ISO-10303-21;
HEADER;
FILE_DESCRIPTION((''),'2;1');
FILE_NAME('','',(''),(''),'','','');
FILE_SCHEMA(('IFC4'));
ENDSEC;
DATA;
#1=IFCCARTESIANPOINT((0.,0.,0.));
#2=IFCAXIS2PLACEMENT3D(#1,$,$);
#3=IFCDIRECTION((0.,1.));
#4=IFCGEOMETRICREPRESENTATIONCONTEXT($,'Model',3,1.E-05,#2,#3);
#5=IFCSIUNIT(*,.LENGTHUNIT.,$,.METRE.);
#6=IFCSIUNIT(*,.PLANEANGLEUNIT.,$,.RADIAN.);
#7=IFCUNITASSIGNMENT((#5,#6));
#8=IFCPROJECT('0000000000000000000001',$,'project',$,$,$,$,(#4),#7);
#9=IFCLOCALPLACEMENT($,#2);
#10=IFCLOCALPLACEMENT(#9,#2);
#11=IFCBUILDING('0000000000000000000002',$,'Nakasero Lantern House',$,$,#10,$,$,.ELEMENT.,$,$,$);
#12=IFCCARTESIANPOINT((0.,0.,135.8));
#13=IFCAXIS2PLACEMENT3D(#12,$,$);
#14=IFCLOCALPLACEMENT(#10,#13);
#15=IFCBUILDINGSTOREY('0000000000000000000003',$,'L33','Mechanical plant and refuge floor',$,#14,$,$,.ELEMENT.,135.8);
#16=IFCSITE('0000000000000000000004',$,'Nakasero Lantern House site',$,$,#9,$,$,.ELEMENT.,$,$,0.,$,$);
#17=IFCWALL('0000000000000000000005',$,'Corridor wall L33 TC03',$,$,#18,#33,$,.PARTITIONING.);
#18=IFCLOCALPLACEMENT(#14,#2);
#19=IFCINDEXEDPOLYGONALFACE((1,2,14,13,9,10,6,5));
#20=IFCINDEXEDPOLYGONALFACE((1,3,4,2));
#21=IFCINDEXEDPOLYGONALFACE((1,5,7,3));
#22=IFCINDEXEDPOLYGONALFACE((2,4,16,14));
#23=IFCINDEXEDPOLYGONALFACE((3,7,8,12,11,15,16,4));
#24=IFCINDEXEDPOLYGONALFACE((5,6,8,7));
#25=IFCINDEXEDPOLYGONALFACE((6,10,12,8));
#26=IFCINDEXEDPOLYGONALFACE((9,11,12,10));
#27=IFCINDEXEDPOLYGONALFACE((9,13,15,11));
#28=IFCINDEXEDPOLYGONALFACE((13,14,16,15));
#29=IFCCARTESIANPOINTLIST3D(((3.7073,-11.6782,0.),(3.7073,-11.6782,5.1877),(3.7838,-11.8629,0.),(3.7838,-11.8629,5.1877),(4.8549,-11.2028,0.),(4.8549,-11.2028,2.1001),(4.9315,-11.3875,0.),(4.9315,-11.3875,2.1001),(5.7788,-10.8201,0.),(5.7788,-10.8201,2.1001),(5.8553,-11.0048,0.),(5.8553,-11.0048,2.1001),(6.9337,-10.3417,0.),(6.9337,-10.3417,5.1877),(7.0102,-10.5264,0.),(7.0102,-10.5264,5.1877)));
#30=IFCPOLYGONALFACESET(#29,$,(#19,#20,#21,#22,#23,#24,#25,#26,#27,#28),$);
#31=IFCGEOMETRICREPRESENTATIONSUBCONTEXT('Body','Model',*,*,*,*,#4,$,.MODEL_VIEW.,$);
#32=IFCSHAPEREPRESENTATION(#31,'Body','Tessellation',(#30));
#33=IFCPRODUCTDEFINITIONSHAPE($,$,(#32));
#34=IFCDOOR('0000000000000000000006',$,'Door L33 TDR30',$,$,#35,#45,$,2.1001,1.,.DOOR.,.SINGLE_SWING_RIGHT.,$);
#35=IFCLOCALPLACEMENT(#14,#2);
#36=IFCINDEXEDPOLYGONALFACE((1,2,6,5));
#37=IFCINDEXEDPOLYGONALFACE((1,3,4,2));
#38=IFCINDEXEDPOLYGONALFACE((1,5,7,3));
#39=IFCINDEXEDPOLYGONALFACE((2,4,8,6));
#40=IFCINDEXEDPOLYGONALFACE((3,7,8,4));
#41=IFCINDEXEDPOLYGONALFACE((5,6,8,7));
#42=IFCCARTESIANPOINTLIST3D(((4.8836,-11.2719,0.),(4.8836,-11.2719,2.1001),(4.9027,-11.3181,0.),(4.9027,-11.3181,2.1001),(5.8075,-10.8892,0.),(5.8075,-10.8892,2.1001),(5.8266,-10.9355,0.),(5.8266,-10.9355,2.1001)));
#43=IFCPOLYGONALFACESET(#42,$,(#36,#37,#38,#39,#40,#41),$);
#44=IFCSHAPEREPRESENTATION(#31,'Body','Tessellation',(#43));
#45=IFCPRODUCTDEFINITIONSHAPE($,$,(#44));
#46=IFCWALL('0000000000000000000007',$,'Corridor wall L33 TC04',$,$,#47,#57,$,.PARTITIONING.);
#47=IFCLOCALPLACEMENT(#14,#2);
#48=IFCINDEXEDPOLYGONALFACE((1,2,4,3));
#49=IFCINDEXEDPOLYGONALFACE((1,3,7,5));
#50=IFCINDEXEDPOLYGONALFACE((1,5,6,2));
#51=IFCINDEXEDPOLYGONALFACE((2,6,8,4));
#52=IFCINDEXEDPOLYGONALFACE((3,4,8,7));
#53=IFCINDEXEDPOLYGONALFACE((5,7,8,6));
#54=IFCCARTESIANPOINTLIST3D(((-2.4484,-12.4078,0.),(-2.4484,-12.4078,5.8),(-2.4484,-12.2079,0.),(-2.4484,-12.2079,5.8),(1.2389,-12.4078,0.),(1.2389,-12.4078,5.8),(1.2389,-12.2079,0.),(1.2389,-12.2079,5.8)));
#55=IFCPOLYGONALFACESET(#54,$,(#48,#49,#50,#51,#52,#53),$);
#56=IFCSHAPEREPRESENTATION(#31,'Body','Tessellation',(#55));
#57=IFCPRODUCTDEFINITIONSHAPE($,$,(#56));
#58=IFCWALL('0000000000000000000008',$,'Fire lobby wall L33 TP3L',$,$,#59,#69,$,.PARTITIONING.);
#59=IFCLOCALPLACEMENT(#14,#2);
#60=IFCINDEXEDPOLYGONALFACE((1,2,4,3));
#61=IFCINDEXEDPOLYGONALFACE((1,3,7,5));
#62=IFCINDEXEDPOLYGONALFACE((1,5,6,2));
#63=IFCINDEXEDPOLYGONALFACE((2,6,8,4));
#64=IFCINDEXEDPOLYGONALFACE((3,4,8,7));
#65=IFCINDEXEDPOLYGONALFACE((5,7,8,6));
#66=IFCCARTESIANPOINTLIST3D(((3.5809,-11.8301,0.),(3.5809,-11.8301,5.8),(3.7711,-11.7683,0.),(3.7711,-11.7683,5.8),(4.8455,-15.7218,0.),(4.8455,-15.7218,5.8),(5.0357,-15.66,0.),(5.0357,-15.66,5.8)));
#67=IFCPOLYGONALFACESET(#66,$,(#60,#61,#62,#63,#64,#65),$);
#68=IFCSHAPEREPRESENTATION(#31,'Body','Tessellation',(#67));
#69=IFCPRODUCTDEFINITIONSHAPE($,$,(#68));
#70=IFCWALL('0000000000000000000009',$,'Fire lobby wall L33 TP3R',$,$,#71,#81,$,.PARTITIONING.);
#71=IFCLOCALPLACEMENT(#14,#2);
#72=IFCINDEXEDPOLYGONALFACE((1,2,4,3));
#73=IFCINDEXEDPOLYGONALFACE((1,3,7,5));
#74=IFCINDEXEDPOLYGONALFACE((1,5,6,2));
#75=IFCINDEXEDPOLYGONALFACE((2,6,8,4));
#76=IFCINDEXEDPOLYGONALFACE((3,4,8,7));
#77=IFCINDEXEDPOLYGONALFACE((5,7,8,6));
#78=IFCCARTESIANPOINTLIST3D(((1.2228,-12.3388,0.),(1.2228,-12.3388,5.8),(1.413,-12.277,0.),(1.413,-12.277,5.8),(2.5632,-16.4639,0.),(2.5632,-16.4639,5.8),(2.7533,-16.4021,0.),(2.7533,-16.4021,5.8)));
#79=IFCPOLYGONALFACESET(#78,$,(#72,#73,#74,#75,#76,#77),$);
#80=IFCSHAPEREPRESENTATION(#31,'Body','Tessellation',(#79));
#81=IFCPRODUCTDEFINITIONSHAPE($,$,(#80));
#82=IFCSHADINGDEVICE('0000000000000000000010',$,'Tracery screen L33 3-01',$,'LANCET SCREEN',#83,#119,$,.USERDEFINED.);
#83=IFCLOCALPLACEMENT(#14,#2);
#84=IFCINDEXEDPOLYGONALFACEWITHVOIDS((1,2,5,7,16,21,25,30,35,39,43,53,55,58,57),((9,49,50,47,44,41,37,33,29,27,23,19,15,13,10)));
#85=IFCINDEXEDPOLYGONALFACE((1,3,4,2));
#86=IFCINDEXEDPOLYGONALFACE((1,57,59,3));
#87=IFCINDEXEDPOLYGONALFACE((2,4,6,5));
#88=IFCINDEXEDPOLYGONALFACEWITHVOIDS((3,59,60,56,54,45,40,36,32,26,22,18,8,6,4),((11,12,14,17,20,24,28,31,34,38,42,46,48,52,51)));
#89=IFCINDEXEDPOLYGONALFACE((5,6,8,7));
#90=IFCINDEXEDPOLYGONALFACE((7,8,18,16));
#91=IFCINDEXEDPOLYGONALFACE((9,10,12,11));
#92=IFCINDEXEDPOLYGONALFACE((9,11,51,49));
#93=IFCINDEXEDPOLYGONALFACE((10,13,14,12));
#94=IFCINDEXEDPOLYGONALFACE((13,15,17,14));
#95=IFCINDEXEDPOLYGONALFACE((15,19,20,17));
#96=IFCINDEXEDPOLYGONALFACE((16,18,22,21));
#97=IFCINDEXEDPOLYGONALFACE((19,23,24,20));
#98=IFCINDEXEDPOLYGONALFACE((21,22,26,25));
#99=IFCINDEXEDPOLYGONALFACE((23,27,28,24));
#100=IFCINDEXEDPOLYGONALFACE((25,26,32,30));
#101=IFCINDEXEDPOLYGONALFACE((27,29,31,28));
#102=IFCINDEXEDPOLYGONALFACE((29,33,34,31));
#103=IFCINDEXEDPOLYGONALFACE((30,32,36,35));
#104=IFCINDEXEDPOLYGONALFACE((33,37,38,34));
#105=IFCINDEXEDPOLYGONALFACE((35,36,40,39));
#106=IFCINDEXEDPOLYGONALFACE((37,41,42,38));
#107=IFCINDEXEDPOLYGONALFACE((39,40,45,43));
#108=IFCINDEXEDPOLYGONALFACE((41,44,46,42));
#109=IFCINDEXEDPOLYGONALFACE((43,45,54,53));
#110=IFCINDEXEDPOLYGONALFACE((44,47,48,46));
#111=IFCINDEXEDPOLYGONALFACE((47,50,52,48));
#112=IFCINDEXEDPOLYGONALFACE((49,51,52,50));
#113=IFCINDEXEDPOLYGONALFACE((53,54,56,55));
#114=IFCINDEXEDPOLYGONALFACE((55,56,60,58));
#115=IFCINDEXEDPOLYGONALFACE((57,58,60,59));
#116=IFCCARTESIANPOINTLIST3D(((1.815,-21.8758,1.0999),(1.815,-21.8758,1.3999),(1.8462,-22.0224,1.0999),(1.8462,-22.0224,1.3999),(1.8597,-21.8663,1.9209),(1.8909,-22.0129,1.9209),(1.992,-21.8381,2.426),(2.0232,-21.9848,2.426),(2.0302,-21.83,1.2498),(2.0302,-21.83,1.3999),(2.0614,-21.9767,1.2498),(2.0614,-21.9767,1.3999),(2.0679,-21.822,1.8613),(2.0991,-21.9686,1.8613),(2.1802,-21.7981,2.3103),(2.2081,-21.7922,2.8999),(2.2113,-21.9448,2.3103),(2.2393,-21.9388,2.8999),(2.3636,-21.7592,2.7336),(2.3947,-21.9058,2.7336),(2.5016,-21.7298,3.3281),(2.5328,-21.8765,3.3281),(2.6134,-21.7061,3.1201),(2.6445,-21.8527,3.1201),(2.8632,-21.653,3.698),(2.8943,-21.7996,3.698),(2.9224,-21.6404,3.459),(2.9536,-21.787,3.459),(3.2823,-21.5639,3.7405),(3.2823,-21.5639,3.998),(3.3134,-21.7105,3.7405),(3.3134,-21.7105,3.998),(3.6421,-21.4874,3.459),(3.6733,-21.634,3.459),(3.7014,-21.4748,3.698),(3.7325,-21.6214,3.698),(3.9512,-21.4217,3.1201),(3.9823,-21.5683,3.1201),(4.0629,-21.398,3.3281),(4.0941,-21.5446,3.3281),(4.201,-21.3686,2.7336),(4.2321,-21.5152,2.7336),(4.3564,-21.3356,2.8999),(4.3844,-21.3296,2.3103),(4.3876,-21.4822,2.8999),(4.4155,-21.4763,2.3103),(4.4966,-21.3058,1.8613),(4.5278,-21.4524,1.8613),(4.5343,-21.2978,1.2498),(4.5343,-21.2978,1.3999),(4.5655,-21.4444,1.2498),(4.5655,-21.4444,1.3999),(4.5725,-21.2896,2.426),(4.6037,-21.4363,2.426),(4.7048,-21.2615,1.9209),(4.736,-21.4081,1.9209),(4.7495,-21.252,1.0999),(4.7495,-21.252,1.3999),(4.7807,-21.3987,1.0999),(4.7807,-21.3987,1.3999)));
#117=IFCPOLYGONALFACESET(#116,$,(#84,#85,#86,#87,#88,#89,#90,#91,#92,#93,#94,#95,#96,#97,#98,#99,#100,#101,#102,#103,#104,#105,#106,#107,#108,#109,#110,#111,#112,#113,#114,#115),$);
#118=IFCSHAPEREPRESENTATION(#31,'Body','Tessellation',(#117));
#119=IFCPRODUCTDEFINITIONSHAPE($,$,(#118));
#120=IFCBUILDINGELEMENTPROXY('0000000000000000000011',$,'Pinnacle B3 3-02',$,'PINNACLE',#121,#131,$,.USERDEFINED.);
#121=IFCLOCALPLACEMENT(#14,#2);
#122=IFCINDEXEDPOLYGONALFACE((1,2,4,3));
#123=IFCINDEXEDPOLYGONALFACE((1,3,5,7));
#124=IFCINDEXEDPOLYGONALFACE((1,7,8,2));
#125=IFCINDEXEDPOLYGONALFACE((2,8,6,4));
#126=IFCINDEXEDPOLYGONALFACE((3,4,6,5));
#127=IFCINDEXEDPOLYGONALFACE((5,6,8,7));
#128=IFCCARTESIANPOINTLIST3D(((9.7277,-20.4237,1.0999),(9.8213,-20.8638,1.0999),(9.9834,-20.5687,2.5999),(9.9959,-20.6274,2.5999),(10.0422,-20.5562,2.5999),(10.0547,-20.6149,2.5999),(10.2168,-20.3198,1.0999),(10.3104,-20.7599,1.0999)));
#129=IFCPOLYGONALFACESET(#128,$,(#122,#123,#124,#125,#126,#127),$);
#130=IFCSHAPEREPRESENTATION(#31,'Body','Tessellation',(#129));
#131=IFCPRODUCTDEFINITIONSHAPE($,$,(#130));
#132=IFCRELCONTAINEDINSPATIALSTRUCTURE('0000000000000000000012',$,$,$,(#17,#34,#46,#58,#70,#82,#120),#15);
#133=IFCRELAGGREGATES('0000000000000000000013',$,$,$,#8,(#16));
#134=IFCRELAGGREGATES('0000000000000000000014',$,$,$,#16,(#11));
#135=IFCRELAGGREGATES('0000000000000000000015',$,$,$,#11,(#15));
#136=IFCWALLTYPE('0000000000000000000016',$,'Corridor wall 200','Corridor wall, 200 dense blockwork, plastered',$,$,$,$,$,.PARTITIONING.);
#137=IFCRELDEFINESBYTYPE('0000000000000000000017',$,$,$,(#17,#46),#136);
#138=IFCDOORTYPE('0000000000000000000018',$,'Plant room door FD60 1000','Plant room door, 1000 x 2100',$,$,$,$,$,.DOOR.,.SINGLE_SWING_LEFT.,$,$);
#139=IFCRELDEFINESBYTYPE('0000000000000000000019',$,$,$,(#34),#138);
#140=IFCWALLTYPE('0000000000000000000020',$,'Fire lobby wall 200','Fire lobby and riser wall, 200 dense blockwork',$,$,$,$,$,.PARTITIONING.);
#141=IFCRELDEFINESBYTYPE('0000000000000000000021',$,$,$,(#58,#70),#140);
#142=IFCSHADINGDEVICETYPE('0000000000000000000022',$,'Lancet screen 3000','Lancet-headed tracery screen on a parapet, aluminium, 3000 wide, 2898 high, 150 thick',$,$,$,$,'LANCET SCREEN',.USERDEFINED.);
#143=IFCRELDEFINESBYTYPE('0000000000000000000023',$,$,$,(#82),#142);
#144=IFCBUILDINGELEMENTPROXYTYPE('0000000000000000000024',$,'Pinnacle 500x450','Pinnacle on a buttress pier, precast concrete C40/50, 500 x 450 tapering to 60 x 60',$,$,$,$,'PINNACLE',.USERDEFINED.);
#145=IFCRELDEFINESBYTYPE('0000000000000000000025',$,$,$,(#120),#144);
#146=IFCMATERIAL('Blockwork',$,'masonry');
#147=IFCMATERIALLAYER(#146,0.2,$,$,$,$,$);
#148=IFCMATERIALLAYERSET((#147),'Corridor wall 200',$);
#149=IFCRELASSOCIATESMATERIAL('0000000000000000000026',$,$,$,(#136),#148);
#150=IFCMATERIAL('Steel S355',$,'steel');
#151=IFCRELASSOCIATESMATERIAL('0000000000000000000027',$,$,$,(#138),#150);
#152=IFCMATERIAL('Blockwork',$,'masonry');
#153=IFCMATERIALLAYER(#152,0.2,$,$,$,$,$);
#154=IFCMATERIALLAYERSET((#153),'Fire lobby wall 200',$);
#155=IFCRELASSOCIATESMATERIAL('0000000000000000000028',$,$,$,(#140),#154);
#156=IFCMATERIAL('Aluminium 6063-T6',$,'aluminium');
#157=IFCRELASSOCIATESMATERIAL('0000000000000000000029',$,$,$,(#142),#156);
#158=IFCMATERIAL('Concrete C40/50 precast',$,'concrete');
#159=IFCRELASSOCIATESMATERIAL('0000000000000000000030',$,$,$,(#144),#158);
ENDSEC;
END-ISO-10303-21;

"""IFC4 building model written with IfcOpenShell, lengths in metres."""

from ifc_helpers import new_model, entity, si_unit, direction, frame, frame_2d, origin, place, context, subcontext, project, spatial, polyline, rectangle, outline, extrude, material, layer, layer_set, type_object, element, fill, save


model = new_model("IFC4")

# Units and contexts
model_context = context("Model", 3, precision=1e-05, world=origin(), true_north=direction((0.0, 1.0)))
body_context = subcontext(model_context, "Body", "Model", "MODEL_VIEW")
ifc_project = project(units=[si_unit("LENGTHUNIT", "METRE"), si_unit("PLANEANGLEUNIT", "RADIAN")], contexts=[model_context])

# Site, building, storey
site_placement = place(None, origin())
site = spatial("IfcSite", under=ifc_project, at=site_placement, Name="Nakasero Lantern House site", CompositionType="ELEMENT", RefElevation=0.0)
building_placement = place(site_placement, origin())
building = spatial("IfcBuilding", under=site, at=building_placement, Name="Nakasero Lantern House", CompositionType="ELEMENT")
storey_placement = place(building_placement, frame((0.0, 0.0, 135.8)))
storey = spatial("IfcBuildingStorey", under=building, at=storey_placement, Name="L33", Description="Mechanical plant and refuge floor", CompositionType="ELEMENT", Elevation=135.8)

# Wall, opening, door
ifc_material_1 = material(Name="Blockwork", Category="masonry")
ifc_layer_1 = layer(ifc_material_1, 0.2)
ifc_layer_set_1 = layer_set([ifc_layer_1], Name="Corridor wall 200")
wall_type_1 = type_object("IfcWallType", Name="Corridor wall 200", Description="Corridor wall, 200 dense blockwork, plastered", PredefinedType="PARTITIONING", material=ifc_layer_set_1)
wall_1_placement = place(storey_placement, frame((6.9719, -10.4341, 0.0), z_axis=(0.0, 0.0, 1.0), x_axis=(-0.923875, -0.382693, 0.0)))
wall_1 = element("IfcWall", 1, at=wall_1_placement, inside=storey, type_object=wall_type_1, Name="Corridor wall L33 TC03", PredefinedType="PARTITIONING", context=body_context, shape_type="SweptSolid", body=[
    extrude(rectangle(XDim=3.4922, YDim=0.2, at=frame_2d((1.7461, 0.0))), origin(), (0.0, 0.0, 1.0), 5.1877),
])
opening_placement = place(wall_1_placement, frame((1.25, 0.0, 0.0)))
opening = element("IfcOpeningElement", 2, at=opening_placement, cuts=wall_1, PredefinedType="OPENING", context=body_context, shape_type="SweptSolid", body=[
    extrude(rectangle(XDim=1.0, YDim=2.1001, at=frame_2d((0.5, 1.05))), frame((0.0, 0.1199, 0.0), z_axis=(0.0, -1.0, 0.0), x_axis=(1.0, 0.0, 0.0)), (0.0, 0.0, 1.0), 0.24),
])
ifc_material_2 = material(Name="Steel S355", Category="steel")
door_type = type_object("IfcDoorType", Name="Plant room door FD60 1000", Description="Plant room door, 1000 x 2100", OperationType="SINGLE_SWING_LEFT", PredefinedType="DOOR", material=ifc_material_2)
door_placement = place(opening_placement, origin())
door = element("IfcDoor", 3, at=door_placement, inside=storey, type_object=door_type, Name="Door L33 TDR30", OperationType="SINGLE_SWING_RIGHT", OverallHeight=2.1001, OverallWidth=1.0, PredefinedType="DOOR", context=body_context, shape_type="SweptSolid", body=[
    extrude(rectangle(XDim=1.0, YDim=2.1001, at=frame_2d((0.5, 1.05))), frame((0.0, 0.0249, 0.0), z_axis=(0.0, -1.0, 0.0), x_axis=(1.0, 0.0, 0.0)), (0.0, 0.0, 1.0), 0.05),
])
fill(opening, door)

# Walls
wall_2_placement = place(storey_placement, frame((1.239, -12.3079, 0.0), z_axis=(0.0, 0.0, 1.0), x_axis=(-1.0, 0.0, 0.0)))
element("IfcWall", 4, at=wall_2_placement, inside=storey, type_object=wall_type_1, Name="Corridor wall L33 TC04", PredefinedType="PARTITIONING", context=body_context, shape_type="SweptSolid", body=[
    extrude(rectangle(XDim=3.6873, YDim=0.2, at=frame_2d((1.8438, 0.0))), origin(), (0.0, 0.0, 1.0), 5.8),
])
ifc_material_3 = material(Name="Blockwork", Category="masonry")
ifc_layer_2 = layer(ifc_material_3, 0.2)
ifc_layer_set_2 = layer_set([ifc_layer_2], Name="Fire lobby wall 200")
wall_type_2 = type_object("IfcWallType", Name="Fire lobby wall 200", Description="Fire lobby and riser wall, 200 dense blockwork", PredefinedType="PARTITIONING", material=ifc_layer_set_2)
wall_3_placement = place(storey_placement, frame((3.676, -11.7993, 0.0), z_axis=(0.0, 0.0, 1.0), x_axis=(0.309042, -0.951049, 0.0)))
element("IfcWall", 5, at=wall_3_placement, inside=storey, type_object=wall_type_2, Name="Fire lobby wall L33 TP3L", PredefinedType="PARTITIONING", context=body_context, shape_type="SweptSolid", body=[
    extrude(rectangle(XDim=4.092, YDim=0.2, at=frame_2d((2.0459, 0.0))), origin(), (0.0, 0.0, 1.0), 5.8),
])
wall_4_placement = place(storey_placement, frame((1.3179, -12.3079, 0.0), z_axis=(0.0, 0.0, 1.0), x_axis=(0.309025, -0.951054, 0.0)))
element("IfcWall", 6, at=wall_4_placement, inside=storey, type_object=wall_type_2, Name="Fire lobby wall L33 TP3R", PredefinedType="PARTITIONING", context=body_context, shape_type="SweptSolid", body=[
    extrude(rectangle(XDim=4.3374, YDim=0.2, at=frame_2d((2.1687, 0.0))), origin(), (0.0, 0.0, 1.0), 5.8),
])

# Shading device
ifc_material_4 = material(Name="Aluminium 6063-T6", Category="aluminium")
shading_device_type = type_object("IfcShadingDeviceType", Name="Lancet screen 3000", Description="Lancet-headed tracery screen on a parapet, aluminium, 3000 wide, 2898 high, 150 thick", ElementType="LANCET SCREEN", PredefinedType="USERDEFINED", material=ifc_material_4)
shading_device_placement = place(storey_placement, frame((3.2979, -21.6372, 1.0999), z_axis=(0.0, 0.0, 1.0), x_axis=(0.978148, 0.207912, 0.0)))
element("IfcShadingDevice", 7, at=shading_device_placement, inside=storey, type_object=shading_device_type, Name="Tracery screen L33 3-01", ObjectType="LANCET SCREEN", PredefinedType="USERDEFINED", context=body_context, shape_type="SweptSolid", body=[
    extrude(outline(polyline([(-1.5, 0.0), (1.5, 0.0), (1.5, 0.3), (1.4543, 0.821), (1.3191, 1.3262), (1.0981, 1.8), (0.7981, 2.2283), (0.4285, 2.5981), (0.0, 2.8982), (-0.4285, 2.5981), (-0.7981, 2.2283), (-1.0981, 1.8), (-1.3191, 1.3262), (-1.4543, 0.821), (-1.5, 0.3), (-1.5, 0.0)]), holes=[polyline([(-1.28, 0.1499), (1.28, 0.1499), (1.28, 0.3), (1.2415, 0.7615), (1.1267, 1.2104), (0.9392, 1.6338), (0.6838, 2.0203), (0.3679, 2.3591), (0.0, 2.6406), (-0.3679, 2.3591), (-0.6838, 2.0203), (-0.9392, 1.6338), (-1.1267, 1.2104), (-1.2415, 0.7615), (-1.28, 0.3), (-1.28, 0.1499)])]), frame((0.0, 0.075, 0.0), z_axis=(0.0, -1.0, 0.0), x_axis=(1.0, 0.0, 0.0)), (0.0, 0.0, 1.0), 0.1499),
])

# Building element proxy
ifc_material_5 = material(Name="Concrete C40/50 precast", Category="concrete")
building_element_proxy_type = type_object("IfcBuildingElementProxyType", Name="Pinnacle 500x450", Description="Pinnacle on a buttress pier, precast concrete C40/50, 500 x 450 tapering to 60 x 60", ElementType="PINNACLE", PredefinedType="USERDEFINED", material=ifc_material_5)
proxy_placement = place(storey_placement, frame((10.019, -20.5918, 1.0999), z_axis=(0.0, 0.0, 1.0), x_axis=(0.207912, -0.978148, 0.0)))
element("IfcBuildingElementProxy", 8, at=proxy_placement, inside=storey, type_object=building_element_proxy_type, Name="Pinnacle B3 3-02", ObjectType="PINNACLE", PredefinedType="USERDEFINED", context=body_context, shape_type="SweptSolid", body=[
    entity("IfcExtrudedAreaSolidTapered", entity("IfcRectangleProfileDef", "AREA", None, entity("IfcAxis2Placement2D", entity("IfcCartesianPoint", [0.0, 0.0])), 0.45, 0.5), entity("IfcAxis2Placement3D", entity("IfcCartesianPoint", [0.0, 0.0, 0.0])), entity("IfcDirection", [0.0, 0.0, 1.0]), 1.5, entity("IfcRectangleProfileDef", "AREA", None, entity("IfcAxis2Placement2D", entity("IfcCartesianPoint", [0.0, 0.0])), 0.0601, 0.0601)),
])

save(model, "model.ifc")
